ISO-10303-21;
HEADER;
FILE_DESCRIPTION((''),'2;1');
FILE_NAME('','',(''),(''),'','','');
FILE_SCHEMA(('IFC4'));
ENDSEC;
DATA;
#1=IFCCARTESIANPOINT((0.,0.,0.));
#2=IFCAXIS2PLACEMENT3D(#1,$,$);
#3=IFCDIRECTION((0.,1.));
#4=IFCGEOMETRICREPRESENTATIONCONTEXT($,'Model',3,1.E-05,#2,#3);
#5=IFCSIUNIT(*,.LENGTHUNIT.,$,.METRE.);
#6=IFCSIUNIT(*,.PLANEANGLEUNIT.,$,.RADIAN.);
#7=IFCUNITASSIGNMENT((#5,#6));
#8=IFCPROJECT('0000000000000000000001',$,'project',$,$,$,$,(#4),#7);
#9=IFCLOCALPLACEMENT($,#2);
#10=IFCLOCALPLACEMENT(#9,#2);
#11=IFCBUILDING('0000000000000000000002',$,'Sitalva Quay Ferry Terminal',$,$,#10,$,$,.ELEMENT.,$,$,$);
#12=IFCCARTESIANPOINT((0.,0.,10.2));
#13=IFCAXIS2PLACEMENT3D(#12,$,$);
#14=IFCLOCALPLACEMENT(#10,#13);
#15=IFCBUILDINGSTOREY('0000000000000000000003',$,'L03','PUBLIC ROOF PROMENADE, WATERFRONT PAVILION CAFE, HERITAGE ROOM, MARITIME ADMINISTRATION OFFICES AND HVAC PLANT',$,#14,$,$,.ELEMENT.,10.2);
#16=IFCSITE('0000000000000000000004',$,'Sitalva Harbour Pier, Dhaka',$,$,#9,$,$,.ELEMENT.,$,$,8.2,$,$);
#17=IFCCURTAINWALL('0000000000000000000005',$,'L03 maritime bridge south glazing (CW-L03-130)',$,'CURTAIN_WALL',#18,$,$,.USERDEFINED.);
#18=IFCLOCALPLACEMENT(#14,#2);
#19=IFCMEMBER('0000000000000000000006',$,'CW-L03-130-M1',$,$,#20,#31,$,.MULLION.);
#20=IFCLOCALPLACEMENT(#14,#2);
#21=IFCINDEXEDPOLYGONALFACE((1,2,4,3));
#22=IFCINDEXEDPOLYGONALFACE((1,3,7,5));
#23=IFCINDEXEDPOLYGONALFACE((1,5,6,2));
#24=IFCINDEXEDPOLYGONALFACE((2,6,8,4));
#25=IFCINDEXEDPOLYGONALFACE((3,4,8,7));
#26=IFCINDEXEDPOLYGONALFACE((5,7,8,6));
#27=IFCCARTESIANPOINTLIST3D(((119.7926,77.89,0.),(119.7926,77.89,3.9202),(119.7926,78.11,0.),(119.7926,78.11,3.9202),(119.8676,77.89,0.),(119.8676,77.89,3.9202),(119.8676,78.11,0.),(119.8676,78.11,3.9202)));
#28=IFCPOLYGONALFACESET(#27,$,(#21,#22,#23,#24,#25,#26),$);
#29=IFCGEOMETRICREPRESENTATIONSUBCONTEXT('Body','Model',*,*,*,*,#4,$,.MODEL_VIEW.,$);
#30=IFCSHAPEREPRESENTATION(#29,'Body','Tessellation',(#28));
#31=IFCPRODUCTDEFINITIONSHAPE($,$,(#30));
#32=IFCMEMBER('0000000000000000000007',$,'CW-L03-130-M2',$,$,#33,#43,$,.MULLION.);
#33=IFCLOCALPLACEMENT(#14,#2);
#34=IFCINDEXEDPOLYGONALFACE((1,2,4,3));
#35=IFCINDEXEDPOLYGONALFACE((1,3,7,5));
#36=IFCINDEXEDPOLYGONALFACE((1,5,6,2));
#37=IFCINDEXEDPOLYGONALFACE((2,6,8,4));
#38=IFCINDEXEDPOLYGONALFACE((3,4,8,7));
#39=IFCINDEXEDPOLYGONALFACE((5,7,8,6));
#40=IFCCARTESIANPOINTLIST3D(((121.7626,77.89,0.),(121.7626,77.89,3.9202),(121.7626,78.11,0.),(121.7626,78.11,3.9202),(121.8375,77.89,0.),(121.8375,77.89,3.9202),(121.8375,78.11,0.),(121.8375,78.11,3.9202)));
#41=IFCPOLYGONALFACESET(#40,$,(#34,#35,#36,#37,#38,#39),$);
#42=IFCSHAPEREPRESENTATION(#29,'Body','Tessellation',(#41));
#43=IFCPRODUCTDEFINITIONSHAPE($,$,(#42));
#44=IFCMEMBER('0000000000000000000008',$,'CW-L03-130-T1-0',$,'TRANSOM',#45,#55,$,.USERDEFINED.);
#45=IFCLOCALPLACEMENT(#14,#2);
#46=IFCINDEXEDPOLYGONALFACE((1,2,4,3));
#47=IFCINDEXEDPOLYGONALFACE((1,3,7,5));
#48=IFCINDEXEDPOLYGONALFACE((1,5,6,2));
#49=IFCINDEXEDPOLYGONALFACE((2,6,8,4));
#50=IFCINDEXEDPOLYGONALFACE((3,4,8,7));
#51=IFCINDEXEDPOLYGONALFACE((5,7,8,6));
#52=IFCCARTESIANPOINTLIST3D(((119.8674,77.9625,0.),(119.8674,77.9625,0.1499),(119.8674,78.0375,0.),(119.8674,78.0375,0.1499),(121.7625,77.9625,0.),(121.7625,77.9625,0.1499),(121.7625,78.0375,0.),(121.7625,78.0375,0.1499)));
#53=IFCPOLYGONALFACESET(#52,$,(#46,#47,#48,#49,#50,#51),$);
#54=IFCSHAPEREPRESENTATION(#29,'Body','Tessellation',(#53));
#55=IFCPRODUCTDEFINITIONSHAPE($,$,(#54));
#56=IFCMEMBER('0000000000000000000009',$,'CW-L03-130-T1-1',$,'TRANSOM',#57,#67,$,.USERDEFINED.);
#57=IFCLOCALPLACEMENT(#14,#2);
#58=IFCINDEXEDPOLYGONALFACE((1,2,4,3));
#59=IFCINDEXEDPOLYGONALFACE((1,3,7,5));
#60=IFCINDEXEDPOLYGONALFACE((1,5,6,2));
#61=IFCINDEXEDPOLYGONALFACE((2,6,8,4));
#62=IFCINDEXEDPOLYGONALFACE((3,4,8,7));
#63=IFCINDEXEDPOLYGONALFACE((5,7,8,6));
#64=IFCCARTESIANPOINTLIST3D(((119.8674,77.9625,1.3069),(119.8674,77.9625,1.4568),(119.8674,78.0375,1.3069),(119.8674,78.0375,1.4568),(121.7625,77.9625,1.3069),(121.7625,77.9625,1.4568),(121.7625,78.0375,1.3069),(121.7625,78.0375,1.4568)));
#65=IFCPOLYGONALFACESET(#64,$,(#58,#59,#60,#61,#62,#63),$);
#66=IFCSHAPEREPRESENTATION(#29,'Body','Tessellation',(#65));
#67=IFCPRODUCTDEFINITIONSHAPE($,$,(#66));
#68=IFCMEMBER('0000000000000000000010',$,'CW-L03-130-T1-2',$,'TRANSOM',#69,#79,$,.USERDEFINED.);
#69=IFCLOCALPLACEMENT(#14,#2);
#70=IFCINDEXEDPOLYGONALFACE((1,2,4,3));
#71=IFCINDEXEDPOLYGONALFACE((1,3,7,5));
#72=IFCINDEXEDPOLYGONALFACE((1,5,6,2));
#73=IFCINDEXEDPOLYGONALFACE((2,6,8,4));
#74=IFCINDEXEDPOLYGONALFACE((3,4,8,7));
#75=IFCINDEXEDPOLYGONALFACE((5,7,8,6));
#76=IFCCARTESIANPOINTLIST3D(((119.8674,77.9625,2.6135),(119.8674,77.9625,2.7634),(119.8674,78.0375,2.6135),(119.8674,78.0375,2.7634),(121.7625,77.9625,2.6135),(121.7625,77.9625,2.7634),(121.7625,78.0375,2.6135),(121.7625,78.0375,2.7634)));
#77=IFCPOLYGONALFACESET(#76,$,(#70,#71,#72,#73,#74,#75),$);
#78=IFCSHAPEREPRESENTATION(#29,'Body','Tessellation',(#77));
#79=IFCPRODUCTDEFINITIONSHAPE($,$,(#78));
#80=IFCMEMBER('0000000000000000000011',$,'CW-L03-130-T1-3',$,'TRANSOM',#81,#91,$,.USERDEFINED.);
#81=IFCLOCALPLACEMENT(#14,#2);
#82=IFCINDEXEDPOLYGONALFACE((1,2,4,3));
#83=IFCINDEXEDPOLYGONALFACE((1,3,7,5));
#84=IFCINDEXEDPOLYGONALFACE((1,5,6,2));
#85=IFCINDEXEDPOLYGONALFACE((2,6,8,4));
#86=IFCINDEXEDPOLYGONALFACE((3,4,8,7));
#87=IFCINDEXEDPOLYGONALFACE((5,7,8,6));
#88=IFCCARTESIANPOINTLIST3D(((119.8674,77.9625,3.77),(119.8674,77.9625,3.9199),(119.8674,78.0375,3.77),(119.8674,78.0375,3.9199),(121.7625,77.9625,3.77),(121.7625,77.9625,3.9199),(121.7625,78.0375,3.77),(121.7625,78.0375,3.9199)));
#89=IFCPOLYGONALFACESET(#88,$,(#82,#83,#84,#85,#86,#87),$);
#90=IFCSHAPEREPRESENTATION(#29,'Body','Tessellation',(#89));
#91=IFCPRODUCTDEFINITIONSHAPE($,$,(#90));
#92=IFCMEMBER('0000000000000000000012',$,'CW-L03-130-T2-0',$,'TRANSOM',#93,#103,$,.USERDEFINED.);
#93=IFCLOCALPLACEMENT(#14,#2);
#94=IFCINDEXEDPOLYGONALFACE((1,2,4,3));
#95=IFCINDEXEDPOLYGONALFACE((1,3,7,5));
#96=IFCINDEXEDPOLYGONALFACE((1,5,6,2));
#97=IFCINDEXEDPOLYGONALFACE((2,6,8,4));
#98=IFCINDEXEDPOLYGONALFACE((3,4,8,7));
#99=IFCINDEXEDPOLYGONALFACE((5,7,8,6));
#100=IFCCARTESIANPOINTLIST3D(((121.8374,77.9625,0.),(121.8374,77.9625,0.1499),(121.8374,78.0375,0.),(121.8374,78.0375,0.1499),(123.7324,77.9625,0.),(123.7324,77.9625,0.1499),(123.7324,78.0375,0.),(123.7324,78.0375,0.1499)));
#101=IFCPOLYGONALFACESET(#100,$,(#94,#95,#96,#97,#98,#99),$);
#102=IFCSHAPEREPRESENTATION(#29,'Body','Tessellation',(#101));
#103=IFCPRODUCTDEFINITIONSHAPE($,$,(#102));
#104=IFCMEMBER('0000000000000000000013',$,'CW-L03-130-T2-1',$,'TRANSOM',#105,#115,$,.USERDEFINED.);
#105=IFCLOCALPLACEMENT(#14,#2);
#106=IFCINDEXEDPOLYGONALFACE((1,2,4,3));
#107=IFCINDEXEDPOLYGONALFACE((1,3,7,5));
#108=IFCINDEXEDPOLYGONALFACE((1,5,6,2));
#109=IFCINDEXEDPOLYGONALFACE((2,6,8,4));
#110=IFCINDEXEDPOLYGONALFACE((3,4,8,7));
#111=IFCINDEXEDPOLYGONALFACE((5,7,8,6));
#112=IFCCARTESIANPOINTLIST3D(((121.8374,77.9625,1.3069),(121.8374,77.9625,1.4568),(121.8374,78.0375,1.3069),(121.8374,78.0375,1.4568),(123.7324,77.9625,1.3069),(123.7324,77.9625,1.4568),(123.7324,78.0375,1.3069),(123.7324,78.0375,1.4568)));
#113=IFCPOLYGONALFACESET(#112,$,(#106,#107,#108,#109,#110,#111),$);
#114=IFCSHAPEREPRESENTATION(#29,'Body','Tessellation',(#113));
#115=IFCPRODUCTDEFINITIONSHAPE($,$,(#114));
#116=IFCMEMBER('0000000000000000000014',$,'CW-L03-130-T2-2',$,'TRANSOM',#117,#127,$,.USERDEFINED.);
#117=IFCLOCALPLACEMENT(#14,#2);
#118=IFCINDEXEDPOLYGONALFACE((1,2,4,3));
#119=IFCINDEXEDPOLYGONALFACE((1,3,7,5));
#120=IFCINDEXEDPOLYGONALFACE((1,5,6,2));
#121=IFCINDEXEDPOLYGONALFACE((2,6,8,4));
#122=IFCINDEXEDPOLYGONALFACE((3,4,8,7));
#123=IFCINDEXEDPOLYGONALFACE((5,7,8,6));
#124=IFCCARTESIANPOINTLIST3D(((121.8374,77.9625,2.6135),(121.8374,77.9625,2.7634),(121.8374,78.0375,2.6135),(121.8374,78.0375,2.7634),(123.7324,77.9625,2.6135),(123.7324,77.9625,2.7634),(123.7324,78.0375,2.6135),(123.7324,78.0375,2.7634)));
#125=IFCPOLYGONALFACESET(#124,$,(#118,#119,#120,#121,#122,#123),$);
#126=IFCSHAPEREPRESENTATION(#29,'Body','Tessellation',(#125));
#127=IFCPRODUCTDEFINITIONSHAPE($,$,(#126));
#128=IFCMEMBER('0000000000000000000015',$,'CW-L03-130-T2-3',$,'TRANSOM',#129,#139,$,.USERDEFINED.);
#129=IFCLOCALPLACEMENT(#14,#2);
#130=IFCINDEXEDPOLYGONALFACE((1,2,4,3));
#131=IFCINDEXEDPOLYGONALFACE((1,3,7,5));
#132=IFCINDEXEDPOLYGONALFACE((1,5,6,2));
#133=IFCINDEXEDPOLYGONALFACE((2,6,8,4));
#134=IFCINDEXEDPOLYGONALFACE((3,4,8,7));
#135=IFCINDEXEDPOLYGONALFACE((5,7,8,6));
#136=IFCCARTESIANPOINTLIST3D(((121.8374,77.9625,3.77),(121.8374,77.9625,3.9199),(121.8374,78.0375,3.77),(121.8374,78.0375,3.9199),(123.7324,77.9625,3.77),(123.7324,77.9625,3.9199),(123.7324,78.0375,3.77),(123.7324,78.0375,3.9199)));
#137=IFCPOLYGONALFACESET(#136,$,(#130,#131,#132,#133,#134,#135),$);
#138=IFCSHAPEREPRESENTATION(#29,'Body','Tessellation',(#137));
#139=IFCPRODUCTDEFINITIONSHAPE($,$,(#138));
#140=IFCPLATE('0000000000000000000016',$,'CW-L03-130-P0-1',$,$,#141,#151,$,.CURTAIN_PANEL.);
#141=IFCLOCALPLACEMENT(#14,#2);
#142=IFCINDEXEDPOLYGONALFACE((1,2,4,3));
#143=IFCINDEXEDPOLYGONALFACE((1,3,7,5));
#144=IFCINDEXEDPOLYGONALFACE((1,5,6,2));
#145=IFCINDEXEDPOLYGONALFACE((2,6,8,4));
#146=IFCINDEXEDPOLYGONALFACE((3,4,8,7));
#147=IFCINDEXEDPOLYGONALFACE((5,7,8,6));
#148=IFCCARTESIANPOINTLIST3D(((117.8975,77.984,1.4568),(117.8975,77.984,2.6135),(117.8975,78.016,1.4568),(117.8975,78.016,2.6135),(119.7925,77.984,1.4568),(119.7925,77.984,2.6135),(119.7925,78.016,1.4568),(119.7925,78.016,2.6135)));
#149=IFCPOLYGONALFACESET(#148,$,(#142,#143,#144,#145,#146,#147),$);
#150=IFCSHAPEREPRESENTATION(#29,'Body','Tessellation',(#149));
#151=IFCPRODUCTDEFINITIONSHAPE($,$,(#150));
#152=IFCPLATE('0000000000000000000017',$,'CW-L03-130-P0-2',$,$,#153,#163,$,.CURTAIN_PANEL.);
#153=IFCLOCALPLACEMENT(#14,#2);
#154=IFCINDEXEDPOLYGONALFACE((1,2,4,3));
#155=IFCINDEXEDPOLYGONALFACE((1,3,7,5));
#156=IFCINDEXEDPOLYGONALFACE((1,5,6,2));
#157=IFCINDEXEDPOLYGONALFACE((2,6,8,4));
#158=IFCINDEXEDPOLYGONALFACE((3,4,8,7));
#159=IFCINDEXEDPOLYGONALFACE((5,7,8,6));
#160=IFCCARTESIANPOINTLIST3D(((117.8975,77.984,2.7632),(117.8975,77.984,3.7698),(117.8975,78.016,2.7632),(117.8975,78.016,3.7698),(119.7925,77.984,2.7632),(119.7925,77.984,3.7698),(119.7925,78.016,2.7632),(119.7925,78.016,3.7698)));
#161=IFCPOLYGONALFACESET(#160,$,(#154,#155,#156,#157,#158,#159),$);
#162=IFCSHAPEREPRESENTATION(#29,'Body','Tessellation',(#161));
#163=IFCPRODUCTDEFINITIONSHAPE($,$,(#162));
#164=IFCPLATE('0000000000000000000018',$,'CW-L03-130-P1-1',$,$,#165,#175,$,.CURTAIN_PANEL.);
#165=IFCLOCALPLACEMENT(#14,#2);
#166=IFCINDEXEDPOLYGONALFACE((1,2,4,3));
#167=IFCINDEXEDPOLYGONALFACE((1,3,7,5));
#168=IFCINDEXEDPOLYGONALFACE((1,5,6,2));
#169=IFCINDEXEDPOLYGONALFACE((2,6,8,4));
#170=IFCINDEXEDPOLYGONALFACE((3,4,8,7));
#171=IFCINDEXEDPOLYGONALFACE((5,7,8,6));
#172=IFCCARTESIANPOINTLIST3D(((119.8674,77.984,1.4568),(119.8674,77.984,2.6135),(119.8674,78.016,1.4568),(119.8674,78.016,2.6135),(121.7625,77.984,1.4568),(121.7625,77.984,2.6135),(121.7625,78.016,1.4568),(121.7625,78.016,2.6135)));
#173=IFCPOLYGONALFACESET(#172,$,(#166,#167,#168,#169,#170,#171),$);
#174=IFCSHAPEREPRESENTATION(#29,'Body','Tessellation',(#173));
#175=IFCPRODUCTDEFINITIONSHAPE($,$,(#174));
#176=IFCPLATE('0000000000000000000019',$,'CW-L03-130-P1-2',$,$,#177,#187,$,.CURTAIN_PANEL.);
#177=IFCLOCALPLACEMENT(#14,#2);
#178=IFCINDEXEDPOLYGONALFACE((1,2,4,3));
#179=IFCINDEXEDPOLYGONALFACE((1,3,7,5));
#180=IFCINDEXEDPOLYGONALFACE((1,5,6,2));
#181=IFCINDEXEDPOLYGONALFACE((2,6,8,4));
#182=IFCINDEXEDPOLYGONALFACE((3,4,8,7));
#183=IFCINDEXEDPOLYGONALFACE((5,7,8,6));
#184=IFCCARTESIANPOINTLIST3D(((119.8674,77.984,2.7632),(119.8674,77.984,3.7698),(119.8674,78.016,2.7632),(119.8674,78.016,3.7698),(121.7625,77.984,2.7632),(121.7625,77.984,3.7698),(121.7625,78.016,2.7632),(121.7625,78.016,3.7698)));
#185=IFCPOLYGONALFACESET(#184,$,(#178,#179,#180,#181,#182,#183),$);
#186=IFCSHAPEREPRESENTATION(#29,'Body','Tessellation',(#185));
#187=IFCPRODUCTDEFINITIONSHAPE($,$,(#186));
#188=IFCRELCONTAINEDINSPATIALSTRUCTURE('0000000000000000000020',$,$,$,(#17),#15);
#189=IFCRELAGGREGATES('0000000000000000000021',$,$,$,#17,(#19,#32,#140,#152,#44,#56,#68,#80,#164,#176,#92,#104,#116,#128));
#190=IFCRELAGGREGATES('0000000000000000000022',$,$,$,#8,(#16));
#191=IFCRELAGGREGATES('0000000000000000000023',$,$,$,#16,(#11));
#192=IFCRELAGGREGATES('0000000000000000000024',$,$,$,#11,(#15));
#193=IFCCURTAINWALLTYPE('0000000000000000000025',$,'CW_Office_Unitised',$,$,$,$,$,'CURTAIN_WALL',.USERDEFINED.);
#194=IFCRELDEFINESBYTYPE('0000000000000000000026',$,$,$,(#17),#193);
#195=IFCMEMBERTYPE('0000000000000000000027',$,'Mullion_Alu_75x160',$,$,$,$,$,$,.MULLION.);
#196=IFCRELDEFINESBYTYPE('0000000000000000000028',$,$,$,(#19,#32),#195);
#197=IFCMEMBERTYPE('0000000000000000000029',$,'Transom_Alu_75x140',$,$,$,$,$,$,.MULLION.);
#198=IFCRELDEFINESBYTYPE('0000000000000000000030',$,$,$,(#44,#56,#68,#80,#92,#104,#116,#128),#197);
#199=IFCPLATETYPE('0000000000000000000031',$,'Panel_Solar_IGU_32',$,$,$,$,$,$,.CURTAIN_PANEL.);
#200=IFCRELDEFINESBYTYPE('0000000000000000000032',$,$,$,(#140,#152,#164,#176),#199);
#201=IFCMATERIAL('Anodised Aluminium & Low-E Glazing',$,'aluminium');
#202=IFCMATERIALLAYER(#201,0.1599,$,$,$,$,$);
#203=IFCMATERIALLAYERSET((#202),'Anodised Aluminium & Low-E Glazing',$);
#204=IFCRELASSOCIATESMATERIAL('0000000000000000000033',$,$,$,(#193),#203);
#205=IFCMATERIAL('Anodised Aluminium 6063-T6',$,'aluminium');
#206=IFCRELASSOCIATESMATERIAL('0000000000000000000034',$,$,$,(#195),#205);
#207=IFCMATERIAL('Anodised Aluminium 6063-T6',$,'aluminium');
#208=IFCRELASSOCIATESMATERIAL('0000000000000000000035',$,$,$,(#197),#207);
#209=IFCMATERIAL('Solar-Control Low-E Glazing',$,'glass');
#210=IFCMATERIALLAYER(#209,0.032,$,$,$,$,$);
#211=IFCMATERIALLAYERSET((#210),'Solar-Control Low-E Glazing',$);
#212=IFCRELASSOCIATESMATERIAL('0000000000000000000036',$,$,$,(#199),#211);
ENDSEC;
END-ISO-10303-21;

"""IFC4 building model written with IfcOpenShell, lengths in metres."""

from ifc_helpers import new_model, si_unit, direction, frame, origin, origin_2d, place, context, subcontext, project, spatial, rectangle, extrude, material, layer, layer_set, material_profile, profile_set, type_object, element, aggregate, save


model = new_model("IFC4")

# Units and contexts
model_context = context("Model", 3, precision=1e-05, world=origin(), true_north=direction((0.0, 1.0)))
body_context = subcontext(model_context, "Body", "Model", "MODEL_VIEW")
ifc_project = project(units=[si_unit("LENGTHUNIT", "METRE"), si_unit("PLANEANGLEUNIT", "RADIAN")], contexts=[model_context])

# Site, building, storey
site_placement = place(None, origin())
site = spatial("IfcSite", under=ifc_project, at=site_placement, Name="Sitalva Harbour Pier, Dhaka", CompositionType="ELEMENT", RefElevation=8.2)
building_placement = place(site_placement, origin())
building = spatial("IfcBuilding", under=site, at=building_placement, Name="Sitalva Quay Ferry Terminal", CompositionType="ELEMENT")
storey_placement = place(building_placement, frame((0.0, 0.0, 10.2)))
storey = spatial("IfcBuildingStorey", under=building, at=storey_placement, Name="L03", Description="PUBLIC ROOF PROMENADE, WATERFRONT PAVILION CAFE, HERITAGE ROOM, MARITIME ADMINISTRATION OFFICES AND HVAC PLANT", CompositionType="ELEMENT", Elevation=10.2)

# Curtain wall, members, plates
ifc_material_1 = material(Name="Anodised Aluminium & Low-E Glazing", Category="aluminium")
ifc_layer_1 = layer(ifc_material_1, 0.1599)
ifc_layer_set_1 = layer_set([ifc_layer_1], Name="Anodised Aluminium & Low-E Glazing")
curtain_wall_type = type_object("IfcCurtainWallType", Name="CW_Office_Unitised", ElementType="CURTAIN_WALL", PredefinedType="USERDEFINED", material=ifc_layer_set_1)
curtain_wall_placement = place(storey_placement, origin())
curtain_wall = element("IfcCurtainWall", 1, at=curtain_wall_placement, inside=storey, type_object=curtain_wall_type, Name="L03 maritime bridge south glazing (CW-L03-130)", ObjectType="CURTAIN_WALL", PredefinedType="USERDEFINED")
ifc_material_2 = material(Name="Anodised Aluminium 6063-T6", Category="aluminium")
ifc_material_profile_1 = material_profile(ifc_material_2, rectangle(XDim=0.075, YDim=0.22, at=origin_2d()), Name="ALU75x220")
ifc_profile_set_1 = profile_set([ifc_material_profile_1], Name="Anodised Aluminium 6063-T6")
member_type_1 = type_object("IfcMemberType", Name="Mullion_Alu_75x160", PredefinedType="MULLION", material=ifc_profile_set_1)
member_1_placement = place(storey_placement, frame((119.8301, 78.0, 0.0), z_axis=(0.0, 0.0, 1.0), x_axis=(1.0, 0.0, 0.0)))
member_1 = element("IfcMember", 2, at=member_1_placement, type_object=member_type_1, Name="CW-L03-130-M1", PredefinedType="MULLION", context=body_context, shape_type="SweptSolid", body=[
    extrude(rectangle(XDim=0.075, YDim=0.22, at=origin_2d()), origin(), (0.0, 0.0, 1.0), 3.9202),
])
member_2_placement = place(storey_placement, frame((121.8, 78.0, 0.0), z_axis=(0.0, 0.0, 1.0), x_axis=(1.0, 0.0, 0.0)))
member_2 = element("IfcMember", 3, at=member_2_placement, type_object=member_type_1, Name="CW-L03-130-M2", PredefinedType="MULLION", context=body_context, shape_type="SweptSolid", body=[
    extrude(rectangle(XDim=0.075, YDim=0.22, at=origin_2d()), origin(), (0.0, 0.0, 1.0), 3.9202),
])
ifc_material_3 = material(Name="Anodised Aluminium 6063-T6", Category="aluminium")
ifc_material_profile_2 = material_profile(ifc_material_3, rectangle(XDim=0.075, YDim=0.1499, at=origin_2d()), Name="ALU75x150")
ifc_profile_set_2 = profile_set([ifc_material_profile_2], Name="Anodised Aluminium 6063-T6")
member_type_2 = type_object("IfcMemberType", Name="Transom_Alu_75x140", PredefinedType="MULLION", material=ifc_profile_set_2)
member_3_placement = place(storey_placement, frame((119.8674, 78.0, 0.075), z_axis=(1.0, 0.0, 0.0), x_axis=(0.0, 1.0, 0.0)))
member_3 = element("IfcMember", 4, at=member_3_placement, type_object=member_type_2, Name="CW-L03-130-T1-0", ObjectType="TRANSOM", PredefinedType="USERDEFINED", context=body_context, shape_type="SweptSolid", body=[
    extrude(rectangle(XDim=0.075, YDim=0.1499, at=origin_2d()), origin(), (0.0, 0.0, 1.0), 1.895),
])
member_4_placement = place(storey_placement, frame((119.8674, 78.0, 1.3818), z_axis=(1.0, 0.0, 0.0), x_axis=(0.0, 1.0, 0.0)))
member_4 = element("IfcMember", 5, at=member_4_placement, type_object=member_type_2, Name="CW-L03-130-T1-1", ObjectType="TRANSOM", PredefinedType="USERDEFINED", context=body_context, shape_type="SweptSolid", body=[
    extrude(rectangle(XDim=0.075, YDim=0.1499, at=origin_2d()), origin(), (0.0, 0.0, 1.0), 1.895),
])
member_5_placement = place(storey_placement, frame((119.8674, 78.0, 2.6885), z_axis=(1.0, 0.0, 0.0), x_axis=(0.0, 1.0, 0.0)))
member_5 = element("IfcMember", 6, at=member_5_placement, type_object=member_type_2, Name="CW-L03-130-T1-2", ObjectType="TRANSOM", PredefinedType="USERDEFINED", context=body_context, shape_type="SweptSolid", body=[
    extrude(rectangle(XDim=0.075, YDim=0.1499, at=origin_2d()), origin(), (0.0, 0.0, 1.0), 1.895),
])
member_6_placement = place(storey_placement, frame((119.8674, 78.0, 3.845), z_axis=(1.0, 0.0, 0.0), x_axis=(0.0, 1.0, 0.0)))
member_6 = element("IfcMember", 7, at=member_6_placement, type_object=member_type_2, Name="CW-L03-130-T1-3", ObjectType="TRANSOM", PredefinedType="USERDEFINED", context=body_context, shape_type="SweptSolid", body=[
    extrude(rectangle(XDim=0.075, YDim=0.1499, at=origin_2d()), origin(), (0.0, 0.0, 1.0), 1.895),
])
member_7_placement = place(storey_placement, frame((121.8374, 78.0, 0.075), z_axis=(1.0, 0.0, 0.0), x_axis=(0.0, 1.0, 0.0)))
member_7 = element("IfcMember", 8, at=member_7_placement, type_object=member_type_2, Name="CW-L03-130-T2-0", ObjectType="TRANSOM", PredefinedType="USERDEFINED", context=body_context, shape_type="SweptSolid", body=[
    extrude(rectangle(XDim=0.075, YDim=0.1499, at=origin_2d()), origin(), (0.0, 0.0, 1.0), 1.895),
])
member_8_placement = place(storey_placement, frame((121.8374, 78.0, 1.3818), z_axis=(1.0, 0.0, 0.0), x_axis=(0.0, 1.0, 0.0)))
member_8 = element("IfcMember", 9, at=member_8_placement, type_object=member_type_2, Name="CW-L03-130-T2-1", ObjectType="TRANSOM", PredefinedType="USERDEFINED", context=body_context, shape_type="SweptSolid", body=[
    extrude(rectangle(XDim=0.075, YDim=0.1499, at=origin_2d()), origin(), (0.0, 0.0, 1.0), 1.895),
])
member_9_placement = place(storey_placement, frame((121.8374, 78.0, 2.6885), z_axis=(1.0, 0.0, 0.0), x_axis=(0.0, 1.0, 0.0)))
member_9 = element("IfcMember", 10, at=member_9_placement, type_object=member_type_2, Name="CW-L03-130-T2-2", ObjectType="TRANSOM", PredefinedType="USERDEFINED", context=body_context, shape_type="SweptSolid", body=[
    extrude(rectangle(XDim=0.075, YDim=0.1499, at=origin_2d()), origin(), (0.0, 0.0, 1.0), 1.895),
])
member_10_placement = place(storey_placement, frame((121.8374, 78.0, 3.845), z_axis=(1.0, 0.0, 0.0), x_axis=(0.0, 1.0, 0.0)))
member_10 = element("IfcMember", 11, at=member_10_placement, type_object=member_type_2, Name="CW-L03-130-T2-3", ObjectType="TRANSOM", PredefinedType="USERDEFINED", context=body_context, shape_type="SweptSolid", body=[
    extrude(rectangle(XDim=0.075, YDim=0.1499, at=origin_2d()), origin(), (0.0, 0.0, 1.0), 1.895),
])
ifc_material_4 = material(Name="Solar-Control Low-E Glazing", Category="glass")
ifc_layer_2 = layer(ifc_material_4, 0.032)
ifc_layer_set_2 = layer_set([ifc_layer_2], Name="Solar-Control Low-E Glazing")
plate_type_1 = type_object("IfcPlateType", Name="Panel_Solar_IGU_32", PredefinedType="CURTAIN_PANEL", material=ifc_layer_set_2)
plate_1_placement = place(storey_placement, frame((118.845, 78.0, 1.4568), z_axis=(0.0, 0.0, 1.0), x_axis=(1.0, 0.0, 0.0)))
plate_1 = element("IfcPlate", 12, at=plate_1_placement, type_object=plate_type_1, Name="CW-L03-130-P0-1", PredefinedType="CURTAIN_PANEL", context=body_context, shape_type="SweptSolid", body=[
    extrude(rectangle(XDim=1.895, YDim=0.032, at=origin_2d()), origin(), (0.0, 0.0, 1.0), 1.1567),
])
plate_2_placement = place(storey_placement, frame((118.845, 78.0, 2.7632), z_axis=(0.0, 0.0, 1.0), x_axis=(1.0, 0.0, 0.0)))
plate_2 = element("IfcPlate", 13, at=plate_2_placement, type_object=plate_type_1, Name="CW-L03-130-P0-2", PredefinedType="CURTAIN_PANEL", context=body_context, shape_type="SweptSolid", body=[
    extrude(rectangle(XDim=1.895, YDim=0.032, at=origin_2d()), origin(), (0.0, 0.0, 1.0), 1.0066),
])
plate_3_placement = place(storey_placement, frame((120.8149, 78.0, 1.4568), z_axis=(0.0, 0.0, 1.0), x_axis=(1.0, 0.0, 0.0)))
plate_3 = element("IfcPlate", 14, at=plate_3_placement, type_object=plate_type_1, Name="CW-L03-130-P1-1", PredefinedType="CURTAIN_PANEL", context=body_context, shape_type="SweptSolid", body=[
    extrude(rectangle(XDim=1.895, YDim=0.032, at=origin_2d()), origin(), (0.0, 0.0, 1.0), 1.1567),
])
plate_4_placement = place(storey_placement, frame((120.8149, 78.0, 2.7632), z_axis=(0.0, 0.0, 1.0), x_axis=(1.0, 0.0, 0.0)))
plate_4 = element("IfcPlate", 15, at=plate_4_placement, type_object=plate_type_1, Name="CW-L03-130-P1-2", PredefinedType="CURTAIN_PANEL", context=body_context, shape_type="SweptSolid", body=[
    extrude(rectangle(XDim=1.895, YDim=0.032, at=origin_2d()), origin(), (0.0, 0.0, 1.0), 1.0066),
])
aggregate(curtain_wall, [member_1, member_2, plate_1, plate_2, member_3, member_4, member_5, member_6, plate_3, plate_4, member_7, member_8, member_9, member_10])

save(model, "model.ifc")
